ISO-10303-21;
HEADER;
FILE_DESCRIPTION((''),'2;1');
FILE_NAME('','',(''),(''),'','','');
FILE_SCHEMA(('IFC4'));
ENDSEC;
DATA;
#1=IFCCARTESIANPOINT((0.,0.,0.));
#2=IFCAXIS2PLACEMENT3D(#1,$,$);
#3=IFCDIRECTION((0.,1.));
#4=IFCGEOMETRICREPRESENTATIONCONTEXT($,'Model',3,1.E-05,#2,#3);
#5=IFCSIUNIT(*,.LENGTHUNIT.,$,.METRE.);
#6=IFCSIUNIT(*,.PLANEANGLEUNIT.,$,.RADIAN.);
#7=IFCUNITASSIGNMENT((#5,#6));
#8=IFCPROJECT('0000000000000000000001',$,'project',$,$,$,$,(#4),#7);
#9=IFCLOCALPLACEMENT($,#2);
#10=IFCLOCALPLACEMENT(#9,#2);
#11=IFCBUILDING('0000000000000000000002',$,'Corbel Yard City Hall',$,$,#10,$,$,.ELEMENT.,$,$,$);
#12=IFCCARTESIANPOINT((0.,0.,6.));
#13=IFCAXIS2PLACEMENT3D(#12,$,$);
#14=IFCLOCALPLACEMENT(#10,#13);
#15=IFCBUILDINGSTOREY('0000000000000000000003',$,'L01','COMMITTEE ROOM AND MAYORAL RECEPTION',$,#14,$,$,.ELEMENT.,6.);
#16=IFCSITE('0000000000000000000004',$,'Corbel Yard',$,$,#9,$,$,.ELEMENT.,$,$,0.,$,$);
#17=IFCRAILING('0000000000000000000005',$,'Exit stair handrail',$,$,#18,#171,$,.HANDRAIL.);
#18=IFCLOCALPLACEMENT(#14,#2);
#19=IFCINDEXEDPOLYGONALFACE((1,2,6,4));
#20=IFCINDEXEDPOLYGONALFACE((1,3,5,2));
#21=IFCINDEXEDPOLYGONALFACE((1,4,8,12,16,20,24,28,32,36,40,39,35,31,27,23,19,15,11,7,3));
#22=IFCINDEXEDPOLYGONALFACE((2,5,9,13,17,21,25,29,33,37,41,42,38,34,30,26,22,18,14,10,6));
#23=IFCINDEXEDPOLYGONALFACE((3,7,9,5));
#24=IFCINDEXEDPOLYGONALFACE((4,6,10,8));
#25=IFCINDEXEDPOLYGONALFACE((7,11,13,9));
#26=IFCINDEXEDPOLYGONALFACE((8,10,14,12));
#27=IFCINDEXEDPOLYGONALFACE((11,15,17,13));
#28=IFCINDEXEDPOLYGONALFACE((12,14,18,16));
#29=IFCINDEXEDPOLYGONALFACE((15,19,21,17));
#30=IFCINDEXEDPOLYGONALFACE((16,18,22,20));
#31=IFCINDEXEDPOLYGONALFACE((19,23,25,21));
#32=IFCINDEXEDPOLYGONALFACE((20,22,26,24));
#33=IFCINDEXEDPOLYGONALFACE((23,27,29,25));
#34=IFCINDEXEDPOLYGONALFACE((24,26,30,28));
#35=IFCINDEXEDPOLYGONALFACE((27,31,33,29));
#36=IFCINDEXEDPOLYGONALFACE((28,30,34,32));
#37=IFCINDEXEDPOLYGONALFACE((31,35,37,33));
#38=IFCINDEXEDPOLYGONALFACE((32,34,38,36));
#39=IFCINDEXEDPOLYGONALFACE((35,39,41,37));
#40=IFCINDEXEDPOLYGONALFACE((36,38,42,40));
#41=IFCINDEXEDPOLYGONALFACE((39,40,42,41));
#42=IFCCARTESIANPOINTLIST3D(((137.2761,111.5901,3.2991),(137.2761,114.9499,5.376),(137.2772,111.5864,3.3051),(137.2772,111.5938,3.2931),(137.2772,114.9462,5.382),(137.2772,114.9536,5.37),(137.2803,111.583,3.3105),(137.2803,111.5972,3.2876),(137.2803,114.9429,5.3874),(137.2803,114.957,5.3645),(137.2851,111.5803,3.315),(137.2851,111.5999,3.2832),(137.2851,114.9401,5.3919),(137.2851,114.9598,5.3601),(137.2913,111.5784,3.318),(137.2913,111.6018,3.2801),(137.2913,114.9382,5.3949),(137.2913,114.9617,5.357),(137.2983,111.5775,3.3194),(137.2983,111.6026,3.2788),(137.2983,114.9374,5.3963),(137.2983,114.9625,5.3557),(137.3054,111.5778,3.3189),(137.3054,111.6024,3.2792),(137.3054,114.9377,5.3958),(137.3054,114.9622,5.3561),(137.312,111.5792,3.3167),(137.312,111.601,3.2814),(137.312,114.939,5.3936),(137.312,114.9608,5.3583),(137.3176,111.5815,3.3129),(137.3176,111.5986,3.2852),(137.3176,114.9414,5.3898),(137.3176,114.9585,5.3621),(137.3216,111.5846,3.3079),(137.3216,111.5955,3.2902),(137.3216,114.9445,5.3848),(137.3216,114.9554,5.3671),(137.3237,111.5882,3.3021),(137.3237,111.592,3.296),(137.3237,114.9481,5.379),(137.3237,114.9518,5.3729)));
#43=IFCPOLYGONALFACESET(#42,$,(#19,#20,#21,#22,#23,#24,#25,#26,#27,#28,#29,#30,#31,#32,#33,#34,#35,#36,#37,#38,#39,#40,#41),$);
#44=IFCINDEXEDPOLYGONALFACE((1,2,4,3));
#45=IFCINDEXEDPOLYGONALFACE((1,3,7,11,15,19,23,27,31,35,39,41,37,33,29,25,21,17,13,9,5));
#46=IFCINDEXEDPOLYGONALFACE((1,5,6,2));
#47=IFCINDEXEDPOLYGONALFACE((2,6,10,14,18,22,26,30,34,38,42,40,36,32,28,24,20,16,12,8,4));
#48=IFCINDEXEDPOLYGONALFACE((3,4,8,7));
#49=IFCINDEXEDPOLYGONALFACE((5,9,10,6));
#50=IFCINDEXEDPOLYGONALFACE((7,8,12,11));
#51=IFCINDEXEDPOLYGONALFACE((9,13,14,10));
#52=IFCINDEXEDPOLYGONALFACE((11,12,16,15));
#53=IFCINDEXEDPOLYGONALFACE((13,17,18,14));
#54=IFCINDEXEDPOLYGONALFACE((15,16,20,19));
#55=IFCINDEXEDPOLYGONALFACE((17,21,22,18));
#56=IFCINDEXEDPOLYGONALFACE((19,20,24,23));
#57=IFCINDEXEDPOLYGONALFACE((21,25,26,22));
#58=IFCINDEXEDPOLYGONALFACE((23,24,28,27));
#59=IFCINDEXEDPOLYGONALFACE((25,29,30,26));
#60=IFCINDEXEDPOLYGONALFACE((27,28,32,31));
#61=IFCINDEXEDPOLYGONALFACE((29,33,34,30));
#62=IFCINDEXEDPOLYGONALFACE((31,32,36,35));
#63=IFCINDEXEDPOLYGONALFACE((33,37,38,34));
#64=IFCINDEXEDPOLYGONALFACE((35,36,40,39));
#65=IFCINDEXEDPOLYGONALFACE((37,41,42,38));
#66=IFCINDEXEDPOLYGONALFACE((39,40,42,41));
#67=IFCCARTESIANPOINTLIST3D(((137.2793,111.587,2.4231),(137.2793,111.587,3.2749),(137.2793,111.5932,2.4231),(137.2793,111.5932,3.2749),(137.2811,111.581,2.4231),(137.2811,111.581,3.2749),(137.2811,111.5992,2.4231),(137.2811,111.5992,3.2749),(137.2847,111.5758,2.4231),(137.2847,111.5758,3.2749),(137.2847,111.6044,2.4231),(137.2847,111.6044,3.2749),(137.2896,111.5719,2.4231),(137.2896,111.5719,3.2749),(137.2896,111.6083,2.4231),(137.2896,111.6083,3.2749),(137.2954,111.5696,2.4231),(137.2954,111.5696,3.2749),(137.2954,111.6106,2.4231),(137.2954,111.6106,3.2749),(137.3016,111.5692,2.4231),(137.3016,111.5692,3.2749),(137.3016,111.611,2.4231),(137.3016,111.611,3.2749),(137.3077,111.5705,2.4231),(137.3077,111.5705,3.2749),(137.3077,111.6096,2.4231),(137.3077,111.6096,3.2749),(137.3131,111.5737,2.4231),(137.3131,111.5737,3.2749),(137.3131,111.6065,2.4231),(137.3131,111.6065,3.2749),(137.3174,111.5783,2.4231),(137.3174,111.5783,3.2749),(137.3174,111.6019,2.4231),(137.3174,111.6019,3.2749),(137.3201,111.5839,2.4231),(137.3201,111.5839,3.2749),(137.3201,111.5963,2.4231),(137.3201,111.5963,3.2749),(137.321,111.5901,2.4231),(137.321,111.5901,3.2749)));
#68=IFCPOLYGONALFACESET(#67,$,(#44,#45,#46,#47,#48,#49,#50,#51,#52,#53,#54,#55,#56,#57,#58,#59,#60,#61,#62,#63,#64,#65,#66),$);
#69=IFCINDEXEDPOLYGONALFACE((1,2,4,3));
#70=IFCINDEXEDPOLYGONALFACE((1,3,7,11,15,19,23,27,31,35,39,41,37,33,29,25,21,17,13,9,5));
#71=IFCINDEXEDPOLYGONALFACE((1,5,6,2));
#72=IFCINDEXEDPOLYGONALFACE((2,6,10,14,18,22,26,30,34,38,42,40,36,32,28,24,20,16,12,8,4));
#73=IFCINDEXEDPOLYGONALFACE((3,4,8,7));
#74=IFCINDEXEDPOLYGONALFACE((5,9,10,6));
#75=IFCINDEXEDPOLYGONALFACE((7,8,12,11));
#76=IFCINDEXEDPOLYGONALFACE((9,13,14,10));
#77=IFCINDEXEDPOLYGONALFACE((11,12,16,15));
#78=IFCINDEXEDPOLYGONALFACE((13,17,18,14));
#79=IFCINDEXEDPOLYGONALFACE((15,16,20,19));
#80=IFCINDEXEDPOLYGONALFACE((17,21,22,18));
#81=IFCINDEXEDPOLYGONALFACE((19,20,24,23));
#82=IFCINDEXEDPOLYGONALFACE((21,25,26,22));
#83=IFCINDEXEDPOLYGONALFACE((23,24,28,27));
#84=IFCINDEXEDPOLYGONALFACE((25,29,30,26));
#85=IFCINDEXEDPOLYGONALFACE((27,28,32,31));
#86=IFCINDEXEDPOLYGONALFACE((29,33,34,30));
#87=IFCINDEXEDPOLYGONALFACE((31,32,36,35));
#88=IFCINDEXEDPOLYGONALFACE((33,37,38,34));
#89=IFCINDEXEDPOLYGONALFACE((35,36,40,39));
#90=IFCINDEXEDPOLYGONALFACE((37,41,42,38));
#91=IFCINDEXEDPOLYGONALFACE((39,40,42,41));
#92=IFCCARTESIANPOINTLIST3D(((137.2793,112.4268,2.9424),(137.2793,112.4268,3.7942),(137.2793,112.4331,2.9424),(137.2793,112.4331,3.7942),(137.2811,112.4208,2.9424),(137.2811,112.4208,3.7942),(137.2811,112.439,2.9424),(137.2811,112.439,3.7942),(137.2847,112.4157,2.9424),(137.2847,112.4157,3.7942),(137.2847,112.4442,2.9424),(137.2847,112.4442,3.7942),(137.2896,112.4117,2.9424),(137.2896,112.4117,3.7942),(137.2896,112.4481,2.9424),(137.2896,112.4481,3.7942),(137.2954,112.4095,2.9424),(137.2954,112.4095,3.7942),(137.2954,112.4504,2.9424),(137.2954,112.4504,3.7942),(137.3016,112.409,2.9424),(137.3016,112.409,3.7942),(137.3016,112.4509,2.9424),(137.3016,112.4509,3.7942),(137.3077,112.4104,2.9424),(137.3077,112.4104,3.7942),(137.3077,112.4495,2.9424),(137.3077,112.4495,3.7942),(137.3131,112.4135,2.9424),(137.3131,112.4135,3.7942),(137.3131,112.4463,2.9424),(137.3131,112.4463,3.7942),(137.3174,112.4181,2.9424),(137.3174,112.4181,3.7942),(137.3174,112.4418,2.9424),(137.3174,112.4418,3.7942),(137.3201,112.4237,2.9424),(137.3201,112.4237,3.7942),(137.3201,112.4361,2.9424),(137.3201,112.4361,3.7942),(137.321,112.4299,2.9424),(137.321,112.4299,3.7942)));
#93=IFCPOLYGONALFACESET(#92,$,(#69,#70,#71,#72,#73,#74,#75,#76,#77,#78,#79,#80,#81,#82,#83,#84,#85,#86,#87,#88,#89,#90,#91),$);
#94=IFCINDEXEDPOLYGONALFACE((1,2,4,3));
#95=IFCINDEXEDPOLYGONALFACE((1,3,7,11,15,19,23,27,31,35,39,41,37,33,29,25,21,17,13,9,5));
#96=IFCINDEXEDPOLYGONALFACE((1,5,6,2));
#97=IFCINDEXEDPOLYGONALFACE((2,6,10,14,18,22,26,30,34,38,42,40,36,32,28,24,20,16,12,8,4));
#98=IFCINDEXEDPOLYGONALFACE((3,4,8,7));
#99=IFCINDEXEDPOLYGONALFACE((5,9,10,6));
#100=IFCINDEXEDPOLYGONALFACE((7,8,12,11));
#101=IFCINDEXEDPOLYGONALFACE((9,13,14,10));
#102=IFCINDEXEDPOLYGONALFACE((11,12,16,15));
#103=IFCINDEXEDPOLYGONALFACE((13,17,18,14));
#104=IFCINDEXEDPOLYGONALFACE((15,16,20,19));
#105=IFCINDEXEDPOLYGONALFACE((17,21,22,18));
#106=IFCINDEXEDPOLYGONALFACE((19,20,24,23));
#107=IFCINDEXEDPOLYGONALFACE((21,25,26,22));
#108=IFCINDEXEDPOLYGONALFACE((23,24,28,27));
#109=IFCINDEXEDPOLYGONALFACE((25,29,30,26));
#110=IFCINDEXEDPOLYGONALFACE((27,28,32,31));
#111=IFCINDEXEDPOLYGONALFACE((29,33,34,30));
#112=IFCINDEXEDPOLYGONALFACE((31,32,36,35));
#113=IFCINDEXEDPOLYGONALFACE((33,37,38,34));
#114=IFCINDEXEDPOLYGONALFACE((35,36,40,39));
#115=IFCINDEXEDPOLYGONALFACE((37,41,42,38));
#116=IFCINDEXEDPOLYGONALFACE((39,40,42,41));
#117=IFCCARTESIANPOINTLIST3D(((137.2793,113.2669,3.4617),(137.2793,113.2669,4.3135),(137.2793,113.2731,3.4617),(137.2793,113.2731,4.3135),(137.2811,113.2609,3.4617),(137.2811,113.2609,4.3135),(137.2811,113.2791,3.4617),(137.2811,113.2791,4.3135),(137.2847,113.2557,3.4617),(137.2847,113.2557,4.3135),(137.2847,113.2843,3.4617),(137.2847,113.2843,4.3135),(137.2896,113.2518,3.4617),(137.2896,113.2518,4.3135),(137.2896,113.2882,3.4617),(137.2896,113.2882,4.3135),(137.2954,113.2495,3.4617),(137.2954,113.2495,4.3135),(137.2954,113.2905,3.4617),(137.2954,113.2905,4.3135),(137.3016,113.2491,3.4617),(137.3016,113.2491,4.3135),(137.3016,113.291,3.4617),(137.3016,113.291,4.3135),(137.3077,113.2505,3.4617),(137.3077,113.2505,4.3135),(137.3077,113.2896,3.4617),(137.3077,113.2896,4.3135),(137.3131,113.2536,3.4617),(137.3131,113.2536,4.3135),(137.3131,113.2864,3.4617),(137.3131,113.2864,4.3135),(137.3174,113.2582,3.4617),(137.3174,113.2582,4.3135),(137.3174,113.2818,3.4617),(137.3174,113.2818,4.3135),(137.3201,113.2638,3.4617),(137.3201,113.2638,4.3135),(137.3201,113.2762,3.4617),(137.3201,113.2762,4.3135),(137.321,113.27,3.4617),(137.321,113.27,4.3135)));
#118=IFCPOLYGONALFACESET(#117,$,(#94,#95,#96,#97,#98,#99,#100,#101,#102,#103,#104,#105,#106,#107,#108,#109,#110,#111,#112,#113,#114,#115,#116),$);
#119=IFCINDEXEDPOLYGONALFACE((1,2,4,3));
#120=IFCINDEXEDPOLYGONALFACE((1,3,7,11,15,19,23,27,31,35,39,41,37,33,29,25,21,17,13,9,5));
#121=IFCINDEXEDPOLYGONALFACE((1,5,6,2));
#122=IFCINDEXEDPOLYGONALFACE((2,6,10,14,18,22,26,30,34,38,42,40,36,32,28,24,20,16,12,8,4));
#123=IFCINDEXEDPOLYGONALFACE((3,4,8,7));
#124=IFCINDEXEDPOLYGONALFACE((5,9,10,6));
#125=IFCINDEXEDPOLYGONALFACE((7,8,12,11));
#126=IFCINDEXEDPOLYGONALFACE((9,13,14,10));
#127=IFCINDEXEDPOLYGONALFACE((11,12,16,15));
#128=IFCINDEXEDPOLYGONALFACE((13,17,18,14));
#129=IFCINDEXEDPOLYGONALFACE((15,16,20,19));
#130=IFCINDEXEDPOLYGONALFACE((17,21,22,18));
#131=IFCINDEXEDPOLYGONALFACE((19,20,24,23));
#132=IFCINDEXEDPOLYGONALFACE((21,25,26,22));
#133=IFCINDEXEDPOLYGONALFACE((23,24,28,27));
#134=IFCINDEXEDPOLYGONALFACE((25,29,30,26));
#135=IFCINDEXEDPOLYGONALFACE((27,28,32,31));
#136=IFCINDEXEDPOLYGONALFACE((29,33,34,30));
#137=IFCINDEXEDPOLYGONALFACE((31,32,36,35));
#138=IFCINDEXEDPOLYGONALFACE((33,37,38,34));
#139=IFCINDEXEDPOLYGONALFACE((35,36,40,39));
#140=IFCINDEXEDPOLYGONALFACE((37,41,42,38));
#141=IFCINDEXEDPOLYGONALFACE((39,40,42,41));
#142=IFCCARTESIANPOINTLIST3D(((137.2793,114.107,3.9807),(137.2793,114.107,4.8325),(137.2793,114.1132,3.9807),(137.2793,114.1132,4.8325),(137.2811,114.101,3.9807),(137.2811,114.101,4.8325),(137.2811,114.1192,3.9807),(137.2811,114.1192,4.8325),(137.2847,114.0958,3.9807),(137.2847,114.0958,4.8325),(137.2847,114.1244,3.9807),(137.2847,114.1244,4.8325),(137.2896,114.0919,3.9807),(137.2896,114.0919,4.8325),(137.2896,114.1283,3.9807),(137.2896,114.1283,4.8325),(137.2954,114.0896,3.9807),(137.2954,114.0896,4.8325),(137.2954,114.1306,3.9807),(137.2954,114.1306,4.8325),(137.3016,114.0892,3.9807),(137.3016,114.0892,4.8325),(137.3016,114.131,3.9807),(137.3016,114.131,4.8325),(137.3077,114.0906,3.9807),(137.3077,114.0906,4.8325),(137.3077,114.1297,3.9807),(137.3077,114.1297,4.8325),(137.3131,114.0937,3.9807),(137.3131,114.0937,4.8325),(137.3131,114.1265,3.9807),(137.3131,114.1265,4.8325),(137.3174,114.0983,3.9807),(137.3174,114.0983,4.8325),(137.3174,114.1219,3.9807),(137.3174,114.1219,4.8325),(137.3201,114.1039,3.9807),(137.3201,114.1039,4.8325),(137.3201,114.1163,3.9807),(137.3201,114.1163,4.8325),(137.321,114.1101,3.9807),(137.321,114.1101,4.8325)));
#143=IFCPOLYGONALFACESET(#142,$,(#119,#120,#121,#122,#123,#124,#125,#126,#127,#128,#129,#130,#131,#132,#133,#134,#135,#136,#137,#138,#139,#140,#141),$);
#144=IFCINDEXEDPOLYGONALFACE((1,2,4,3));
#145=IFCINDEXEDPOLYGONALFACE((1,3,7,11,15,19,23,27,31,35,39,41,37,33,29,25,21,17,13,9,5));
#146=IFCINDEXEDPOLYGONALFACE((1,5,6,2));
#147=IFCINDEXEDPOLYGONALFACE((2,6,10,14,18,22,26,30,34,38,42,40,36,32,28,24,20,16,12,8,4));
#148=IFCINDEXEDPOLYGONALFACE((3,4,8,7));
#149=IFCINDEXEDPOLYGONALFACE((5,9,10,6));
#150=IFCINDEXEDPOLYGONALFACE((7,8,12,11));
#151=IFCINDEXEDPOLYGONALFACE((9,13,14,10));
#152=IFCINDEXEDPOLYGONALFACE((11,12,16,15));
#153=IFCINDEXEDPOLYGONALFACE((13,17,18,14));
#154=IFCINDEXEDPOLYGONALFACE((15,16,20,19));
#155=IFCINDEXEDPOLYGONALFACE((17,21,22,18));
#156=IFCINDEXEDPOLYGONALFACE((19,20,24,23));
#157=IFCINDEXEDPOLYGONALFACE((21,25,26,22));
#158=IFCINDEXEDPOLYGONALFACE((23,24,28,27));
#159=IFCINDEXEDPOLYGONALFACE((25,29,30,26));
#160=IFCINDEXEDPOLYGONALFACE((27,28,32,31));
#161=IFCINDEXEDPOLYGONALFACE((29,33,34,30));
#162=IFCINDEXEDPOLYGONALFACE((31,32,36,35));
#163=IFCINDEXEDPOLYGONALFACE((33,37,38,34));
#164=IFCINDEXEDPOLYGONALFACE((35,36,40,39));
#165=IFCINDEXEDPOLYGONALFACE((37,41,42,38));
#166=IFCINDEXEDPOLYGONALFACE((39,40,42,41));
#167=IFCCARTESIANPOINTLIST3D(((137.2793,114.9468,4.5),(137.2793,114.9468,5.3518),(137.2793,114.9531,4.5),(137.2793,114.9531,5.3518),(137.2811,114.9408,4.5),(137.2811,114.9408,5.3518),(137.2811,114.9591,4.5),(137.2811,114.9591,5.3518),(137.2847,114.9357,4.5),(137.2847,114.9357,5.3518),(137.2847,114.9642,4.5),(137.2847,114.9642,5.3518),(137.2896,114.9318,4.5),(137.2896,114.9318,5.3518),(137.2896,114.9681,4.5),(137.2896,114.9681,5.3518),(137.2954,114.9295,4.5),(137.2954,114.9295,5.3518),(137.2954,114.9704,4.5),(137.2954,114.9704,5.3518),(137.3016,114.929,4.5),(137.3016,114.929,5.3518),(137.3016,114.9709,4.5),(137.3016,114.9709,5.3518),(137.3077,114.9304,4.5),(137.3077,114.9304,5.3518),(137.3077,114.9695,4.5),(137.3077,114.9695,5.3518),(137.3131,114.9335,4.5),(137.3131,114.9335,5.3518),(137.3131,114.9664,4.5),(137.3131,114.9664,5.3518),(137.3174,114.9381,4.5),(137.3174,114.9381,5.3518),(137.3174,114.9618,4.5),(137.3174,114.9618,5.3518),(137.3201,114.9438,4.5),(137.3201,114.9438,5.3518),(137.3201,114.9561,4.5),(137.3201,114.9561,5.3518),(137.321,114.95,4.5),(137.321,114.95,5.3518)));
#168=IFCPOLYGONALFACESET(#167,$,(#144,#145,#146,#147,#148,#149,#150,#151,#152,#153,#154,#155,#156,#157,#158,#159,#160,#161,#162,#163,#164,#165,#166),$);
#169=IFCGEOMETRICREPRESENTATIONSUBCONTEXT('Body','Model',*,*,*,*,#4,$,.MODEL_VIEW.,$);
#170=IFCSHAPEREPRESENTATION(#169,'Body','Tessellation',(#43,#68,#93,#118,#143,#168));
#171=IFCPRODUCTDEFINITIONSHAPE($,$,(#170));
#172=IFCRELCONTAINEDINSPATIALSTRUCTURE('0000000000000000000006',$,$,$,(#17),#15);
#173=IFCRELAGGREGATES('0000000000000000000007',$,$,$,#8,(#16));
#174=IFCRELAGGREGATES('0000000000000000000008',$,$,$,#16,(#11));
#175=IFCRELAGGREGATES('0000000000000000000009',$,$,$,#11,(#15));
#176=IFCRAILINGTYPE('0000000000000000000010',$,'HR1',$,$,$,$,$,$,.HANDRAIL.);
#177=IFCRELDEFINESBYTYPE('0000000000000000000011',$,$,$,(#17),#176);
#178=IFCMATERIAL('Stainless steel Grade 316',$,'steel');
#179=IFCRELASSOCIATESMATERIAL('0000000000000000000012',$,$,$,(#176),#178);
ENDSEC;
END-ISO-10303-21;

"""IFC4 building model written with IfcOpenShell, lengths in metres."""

from ifc_helpers import new_model, si_unit, direction, frame, origin, origin_2d, place, context, subcontext, project, spatial, circle, extrude, material, type_object, element, save


model = new_model("IFC4")

# Units and contexts
model_context = context("Model", 3, precision=1e-05, world=origin(), true_north=direction((0.0, 1.0)))
body_context = subcontext(model_context, "Body", "Model", "MODEL_VIEW")
ifc_project = project(units=[si_unit("LENGTHUNIT", "METRE"), si_unit("PLANEANGLEUNIT", "RADIAN")], contexts=[model_context])

# Site, building, storey
site_placement = place(None, origin())
site = spatial("IfcSite", under=ifc_project, at=site_placement, Name="Corbel Yard", CompositionType="ELEMENT", RefElevation=0.0)
building_placement = place(site_placement, origin())
building = spatial("IfcBuilding", under=site, at=building_placement, Name="Corbel Yard City Hall", CompositionType="ELEMENT")
storey_placement = place(building_placement, frame((0.0, 0.0, 6.0)))
storey = spatial("IfcBuildingStorey", under=building, at=storey_placement, Name="L01", Description="COMMITTEE ROOM AND MAYORAL RECEPTION", CompositionType="ELEMENT", Elevation=6.0)

# Railing
ifc_material_1 = material(Name="Stainless steel Grade 316", Category="steel")
railing_type_1 = type_object("IfcRailingType", Name="HR1", PredefinedType="HANDRAIL", material=ifc_material_1)
for number, where, name in (
    (1, (137.3, 111.5901, 2.4231), "Exit stair handrail"),
):
    element("IfcRailing", number, at=place(storey_placement, frame(where)), inside=storey, type_object=railing_type_1, Name=name, PredefinedType="HANDRAIL", context=body_context, shape_type="SweptSolid", body=[
        extrude(circle(Radius=0.0239, at=origin_2d()), frame((0.0, 0.0, 0.876), z_axis=(0.0, 0.850606, 0.525803), x_axis=(-1.0, 0.0, 0.0)), (0.0, 0.0, 1.0), 3.95),
        extrude(circle(Radius=0.021, at=origin_2d()), origin(), (0.0, 0.0, 1.0), 0.8518),
        extrude(circle(Radius=0.021, at=origin_2d()), frame((0.0, 0.8398, 0.5193)), (0.0, 0.0, 1.0), 0.8518),
        extrude(circle(Radius=0.021, at=origin_2d()), frame((0.0, 1.6799, 1.0386)), (0.0, 0.0, 1.0), 0.8518),
        extrude(circle(Radius=0.021, at=origin_2d()), frame((0.0, 2.52, 1.5576)), (0.0, 0.0, 1.0), 0.8518),
        extrude(circle(Radius=0.021, at=origin_2d()), frame((0.0, 3.3599, 2.0769)), (0.0, 0.0, 1.0), 0.8518),
    ])

save(model, "model.ifc")
